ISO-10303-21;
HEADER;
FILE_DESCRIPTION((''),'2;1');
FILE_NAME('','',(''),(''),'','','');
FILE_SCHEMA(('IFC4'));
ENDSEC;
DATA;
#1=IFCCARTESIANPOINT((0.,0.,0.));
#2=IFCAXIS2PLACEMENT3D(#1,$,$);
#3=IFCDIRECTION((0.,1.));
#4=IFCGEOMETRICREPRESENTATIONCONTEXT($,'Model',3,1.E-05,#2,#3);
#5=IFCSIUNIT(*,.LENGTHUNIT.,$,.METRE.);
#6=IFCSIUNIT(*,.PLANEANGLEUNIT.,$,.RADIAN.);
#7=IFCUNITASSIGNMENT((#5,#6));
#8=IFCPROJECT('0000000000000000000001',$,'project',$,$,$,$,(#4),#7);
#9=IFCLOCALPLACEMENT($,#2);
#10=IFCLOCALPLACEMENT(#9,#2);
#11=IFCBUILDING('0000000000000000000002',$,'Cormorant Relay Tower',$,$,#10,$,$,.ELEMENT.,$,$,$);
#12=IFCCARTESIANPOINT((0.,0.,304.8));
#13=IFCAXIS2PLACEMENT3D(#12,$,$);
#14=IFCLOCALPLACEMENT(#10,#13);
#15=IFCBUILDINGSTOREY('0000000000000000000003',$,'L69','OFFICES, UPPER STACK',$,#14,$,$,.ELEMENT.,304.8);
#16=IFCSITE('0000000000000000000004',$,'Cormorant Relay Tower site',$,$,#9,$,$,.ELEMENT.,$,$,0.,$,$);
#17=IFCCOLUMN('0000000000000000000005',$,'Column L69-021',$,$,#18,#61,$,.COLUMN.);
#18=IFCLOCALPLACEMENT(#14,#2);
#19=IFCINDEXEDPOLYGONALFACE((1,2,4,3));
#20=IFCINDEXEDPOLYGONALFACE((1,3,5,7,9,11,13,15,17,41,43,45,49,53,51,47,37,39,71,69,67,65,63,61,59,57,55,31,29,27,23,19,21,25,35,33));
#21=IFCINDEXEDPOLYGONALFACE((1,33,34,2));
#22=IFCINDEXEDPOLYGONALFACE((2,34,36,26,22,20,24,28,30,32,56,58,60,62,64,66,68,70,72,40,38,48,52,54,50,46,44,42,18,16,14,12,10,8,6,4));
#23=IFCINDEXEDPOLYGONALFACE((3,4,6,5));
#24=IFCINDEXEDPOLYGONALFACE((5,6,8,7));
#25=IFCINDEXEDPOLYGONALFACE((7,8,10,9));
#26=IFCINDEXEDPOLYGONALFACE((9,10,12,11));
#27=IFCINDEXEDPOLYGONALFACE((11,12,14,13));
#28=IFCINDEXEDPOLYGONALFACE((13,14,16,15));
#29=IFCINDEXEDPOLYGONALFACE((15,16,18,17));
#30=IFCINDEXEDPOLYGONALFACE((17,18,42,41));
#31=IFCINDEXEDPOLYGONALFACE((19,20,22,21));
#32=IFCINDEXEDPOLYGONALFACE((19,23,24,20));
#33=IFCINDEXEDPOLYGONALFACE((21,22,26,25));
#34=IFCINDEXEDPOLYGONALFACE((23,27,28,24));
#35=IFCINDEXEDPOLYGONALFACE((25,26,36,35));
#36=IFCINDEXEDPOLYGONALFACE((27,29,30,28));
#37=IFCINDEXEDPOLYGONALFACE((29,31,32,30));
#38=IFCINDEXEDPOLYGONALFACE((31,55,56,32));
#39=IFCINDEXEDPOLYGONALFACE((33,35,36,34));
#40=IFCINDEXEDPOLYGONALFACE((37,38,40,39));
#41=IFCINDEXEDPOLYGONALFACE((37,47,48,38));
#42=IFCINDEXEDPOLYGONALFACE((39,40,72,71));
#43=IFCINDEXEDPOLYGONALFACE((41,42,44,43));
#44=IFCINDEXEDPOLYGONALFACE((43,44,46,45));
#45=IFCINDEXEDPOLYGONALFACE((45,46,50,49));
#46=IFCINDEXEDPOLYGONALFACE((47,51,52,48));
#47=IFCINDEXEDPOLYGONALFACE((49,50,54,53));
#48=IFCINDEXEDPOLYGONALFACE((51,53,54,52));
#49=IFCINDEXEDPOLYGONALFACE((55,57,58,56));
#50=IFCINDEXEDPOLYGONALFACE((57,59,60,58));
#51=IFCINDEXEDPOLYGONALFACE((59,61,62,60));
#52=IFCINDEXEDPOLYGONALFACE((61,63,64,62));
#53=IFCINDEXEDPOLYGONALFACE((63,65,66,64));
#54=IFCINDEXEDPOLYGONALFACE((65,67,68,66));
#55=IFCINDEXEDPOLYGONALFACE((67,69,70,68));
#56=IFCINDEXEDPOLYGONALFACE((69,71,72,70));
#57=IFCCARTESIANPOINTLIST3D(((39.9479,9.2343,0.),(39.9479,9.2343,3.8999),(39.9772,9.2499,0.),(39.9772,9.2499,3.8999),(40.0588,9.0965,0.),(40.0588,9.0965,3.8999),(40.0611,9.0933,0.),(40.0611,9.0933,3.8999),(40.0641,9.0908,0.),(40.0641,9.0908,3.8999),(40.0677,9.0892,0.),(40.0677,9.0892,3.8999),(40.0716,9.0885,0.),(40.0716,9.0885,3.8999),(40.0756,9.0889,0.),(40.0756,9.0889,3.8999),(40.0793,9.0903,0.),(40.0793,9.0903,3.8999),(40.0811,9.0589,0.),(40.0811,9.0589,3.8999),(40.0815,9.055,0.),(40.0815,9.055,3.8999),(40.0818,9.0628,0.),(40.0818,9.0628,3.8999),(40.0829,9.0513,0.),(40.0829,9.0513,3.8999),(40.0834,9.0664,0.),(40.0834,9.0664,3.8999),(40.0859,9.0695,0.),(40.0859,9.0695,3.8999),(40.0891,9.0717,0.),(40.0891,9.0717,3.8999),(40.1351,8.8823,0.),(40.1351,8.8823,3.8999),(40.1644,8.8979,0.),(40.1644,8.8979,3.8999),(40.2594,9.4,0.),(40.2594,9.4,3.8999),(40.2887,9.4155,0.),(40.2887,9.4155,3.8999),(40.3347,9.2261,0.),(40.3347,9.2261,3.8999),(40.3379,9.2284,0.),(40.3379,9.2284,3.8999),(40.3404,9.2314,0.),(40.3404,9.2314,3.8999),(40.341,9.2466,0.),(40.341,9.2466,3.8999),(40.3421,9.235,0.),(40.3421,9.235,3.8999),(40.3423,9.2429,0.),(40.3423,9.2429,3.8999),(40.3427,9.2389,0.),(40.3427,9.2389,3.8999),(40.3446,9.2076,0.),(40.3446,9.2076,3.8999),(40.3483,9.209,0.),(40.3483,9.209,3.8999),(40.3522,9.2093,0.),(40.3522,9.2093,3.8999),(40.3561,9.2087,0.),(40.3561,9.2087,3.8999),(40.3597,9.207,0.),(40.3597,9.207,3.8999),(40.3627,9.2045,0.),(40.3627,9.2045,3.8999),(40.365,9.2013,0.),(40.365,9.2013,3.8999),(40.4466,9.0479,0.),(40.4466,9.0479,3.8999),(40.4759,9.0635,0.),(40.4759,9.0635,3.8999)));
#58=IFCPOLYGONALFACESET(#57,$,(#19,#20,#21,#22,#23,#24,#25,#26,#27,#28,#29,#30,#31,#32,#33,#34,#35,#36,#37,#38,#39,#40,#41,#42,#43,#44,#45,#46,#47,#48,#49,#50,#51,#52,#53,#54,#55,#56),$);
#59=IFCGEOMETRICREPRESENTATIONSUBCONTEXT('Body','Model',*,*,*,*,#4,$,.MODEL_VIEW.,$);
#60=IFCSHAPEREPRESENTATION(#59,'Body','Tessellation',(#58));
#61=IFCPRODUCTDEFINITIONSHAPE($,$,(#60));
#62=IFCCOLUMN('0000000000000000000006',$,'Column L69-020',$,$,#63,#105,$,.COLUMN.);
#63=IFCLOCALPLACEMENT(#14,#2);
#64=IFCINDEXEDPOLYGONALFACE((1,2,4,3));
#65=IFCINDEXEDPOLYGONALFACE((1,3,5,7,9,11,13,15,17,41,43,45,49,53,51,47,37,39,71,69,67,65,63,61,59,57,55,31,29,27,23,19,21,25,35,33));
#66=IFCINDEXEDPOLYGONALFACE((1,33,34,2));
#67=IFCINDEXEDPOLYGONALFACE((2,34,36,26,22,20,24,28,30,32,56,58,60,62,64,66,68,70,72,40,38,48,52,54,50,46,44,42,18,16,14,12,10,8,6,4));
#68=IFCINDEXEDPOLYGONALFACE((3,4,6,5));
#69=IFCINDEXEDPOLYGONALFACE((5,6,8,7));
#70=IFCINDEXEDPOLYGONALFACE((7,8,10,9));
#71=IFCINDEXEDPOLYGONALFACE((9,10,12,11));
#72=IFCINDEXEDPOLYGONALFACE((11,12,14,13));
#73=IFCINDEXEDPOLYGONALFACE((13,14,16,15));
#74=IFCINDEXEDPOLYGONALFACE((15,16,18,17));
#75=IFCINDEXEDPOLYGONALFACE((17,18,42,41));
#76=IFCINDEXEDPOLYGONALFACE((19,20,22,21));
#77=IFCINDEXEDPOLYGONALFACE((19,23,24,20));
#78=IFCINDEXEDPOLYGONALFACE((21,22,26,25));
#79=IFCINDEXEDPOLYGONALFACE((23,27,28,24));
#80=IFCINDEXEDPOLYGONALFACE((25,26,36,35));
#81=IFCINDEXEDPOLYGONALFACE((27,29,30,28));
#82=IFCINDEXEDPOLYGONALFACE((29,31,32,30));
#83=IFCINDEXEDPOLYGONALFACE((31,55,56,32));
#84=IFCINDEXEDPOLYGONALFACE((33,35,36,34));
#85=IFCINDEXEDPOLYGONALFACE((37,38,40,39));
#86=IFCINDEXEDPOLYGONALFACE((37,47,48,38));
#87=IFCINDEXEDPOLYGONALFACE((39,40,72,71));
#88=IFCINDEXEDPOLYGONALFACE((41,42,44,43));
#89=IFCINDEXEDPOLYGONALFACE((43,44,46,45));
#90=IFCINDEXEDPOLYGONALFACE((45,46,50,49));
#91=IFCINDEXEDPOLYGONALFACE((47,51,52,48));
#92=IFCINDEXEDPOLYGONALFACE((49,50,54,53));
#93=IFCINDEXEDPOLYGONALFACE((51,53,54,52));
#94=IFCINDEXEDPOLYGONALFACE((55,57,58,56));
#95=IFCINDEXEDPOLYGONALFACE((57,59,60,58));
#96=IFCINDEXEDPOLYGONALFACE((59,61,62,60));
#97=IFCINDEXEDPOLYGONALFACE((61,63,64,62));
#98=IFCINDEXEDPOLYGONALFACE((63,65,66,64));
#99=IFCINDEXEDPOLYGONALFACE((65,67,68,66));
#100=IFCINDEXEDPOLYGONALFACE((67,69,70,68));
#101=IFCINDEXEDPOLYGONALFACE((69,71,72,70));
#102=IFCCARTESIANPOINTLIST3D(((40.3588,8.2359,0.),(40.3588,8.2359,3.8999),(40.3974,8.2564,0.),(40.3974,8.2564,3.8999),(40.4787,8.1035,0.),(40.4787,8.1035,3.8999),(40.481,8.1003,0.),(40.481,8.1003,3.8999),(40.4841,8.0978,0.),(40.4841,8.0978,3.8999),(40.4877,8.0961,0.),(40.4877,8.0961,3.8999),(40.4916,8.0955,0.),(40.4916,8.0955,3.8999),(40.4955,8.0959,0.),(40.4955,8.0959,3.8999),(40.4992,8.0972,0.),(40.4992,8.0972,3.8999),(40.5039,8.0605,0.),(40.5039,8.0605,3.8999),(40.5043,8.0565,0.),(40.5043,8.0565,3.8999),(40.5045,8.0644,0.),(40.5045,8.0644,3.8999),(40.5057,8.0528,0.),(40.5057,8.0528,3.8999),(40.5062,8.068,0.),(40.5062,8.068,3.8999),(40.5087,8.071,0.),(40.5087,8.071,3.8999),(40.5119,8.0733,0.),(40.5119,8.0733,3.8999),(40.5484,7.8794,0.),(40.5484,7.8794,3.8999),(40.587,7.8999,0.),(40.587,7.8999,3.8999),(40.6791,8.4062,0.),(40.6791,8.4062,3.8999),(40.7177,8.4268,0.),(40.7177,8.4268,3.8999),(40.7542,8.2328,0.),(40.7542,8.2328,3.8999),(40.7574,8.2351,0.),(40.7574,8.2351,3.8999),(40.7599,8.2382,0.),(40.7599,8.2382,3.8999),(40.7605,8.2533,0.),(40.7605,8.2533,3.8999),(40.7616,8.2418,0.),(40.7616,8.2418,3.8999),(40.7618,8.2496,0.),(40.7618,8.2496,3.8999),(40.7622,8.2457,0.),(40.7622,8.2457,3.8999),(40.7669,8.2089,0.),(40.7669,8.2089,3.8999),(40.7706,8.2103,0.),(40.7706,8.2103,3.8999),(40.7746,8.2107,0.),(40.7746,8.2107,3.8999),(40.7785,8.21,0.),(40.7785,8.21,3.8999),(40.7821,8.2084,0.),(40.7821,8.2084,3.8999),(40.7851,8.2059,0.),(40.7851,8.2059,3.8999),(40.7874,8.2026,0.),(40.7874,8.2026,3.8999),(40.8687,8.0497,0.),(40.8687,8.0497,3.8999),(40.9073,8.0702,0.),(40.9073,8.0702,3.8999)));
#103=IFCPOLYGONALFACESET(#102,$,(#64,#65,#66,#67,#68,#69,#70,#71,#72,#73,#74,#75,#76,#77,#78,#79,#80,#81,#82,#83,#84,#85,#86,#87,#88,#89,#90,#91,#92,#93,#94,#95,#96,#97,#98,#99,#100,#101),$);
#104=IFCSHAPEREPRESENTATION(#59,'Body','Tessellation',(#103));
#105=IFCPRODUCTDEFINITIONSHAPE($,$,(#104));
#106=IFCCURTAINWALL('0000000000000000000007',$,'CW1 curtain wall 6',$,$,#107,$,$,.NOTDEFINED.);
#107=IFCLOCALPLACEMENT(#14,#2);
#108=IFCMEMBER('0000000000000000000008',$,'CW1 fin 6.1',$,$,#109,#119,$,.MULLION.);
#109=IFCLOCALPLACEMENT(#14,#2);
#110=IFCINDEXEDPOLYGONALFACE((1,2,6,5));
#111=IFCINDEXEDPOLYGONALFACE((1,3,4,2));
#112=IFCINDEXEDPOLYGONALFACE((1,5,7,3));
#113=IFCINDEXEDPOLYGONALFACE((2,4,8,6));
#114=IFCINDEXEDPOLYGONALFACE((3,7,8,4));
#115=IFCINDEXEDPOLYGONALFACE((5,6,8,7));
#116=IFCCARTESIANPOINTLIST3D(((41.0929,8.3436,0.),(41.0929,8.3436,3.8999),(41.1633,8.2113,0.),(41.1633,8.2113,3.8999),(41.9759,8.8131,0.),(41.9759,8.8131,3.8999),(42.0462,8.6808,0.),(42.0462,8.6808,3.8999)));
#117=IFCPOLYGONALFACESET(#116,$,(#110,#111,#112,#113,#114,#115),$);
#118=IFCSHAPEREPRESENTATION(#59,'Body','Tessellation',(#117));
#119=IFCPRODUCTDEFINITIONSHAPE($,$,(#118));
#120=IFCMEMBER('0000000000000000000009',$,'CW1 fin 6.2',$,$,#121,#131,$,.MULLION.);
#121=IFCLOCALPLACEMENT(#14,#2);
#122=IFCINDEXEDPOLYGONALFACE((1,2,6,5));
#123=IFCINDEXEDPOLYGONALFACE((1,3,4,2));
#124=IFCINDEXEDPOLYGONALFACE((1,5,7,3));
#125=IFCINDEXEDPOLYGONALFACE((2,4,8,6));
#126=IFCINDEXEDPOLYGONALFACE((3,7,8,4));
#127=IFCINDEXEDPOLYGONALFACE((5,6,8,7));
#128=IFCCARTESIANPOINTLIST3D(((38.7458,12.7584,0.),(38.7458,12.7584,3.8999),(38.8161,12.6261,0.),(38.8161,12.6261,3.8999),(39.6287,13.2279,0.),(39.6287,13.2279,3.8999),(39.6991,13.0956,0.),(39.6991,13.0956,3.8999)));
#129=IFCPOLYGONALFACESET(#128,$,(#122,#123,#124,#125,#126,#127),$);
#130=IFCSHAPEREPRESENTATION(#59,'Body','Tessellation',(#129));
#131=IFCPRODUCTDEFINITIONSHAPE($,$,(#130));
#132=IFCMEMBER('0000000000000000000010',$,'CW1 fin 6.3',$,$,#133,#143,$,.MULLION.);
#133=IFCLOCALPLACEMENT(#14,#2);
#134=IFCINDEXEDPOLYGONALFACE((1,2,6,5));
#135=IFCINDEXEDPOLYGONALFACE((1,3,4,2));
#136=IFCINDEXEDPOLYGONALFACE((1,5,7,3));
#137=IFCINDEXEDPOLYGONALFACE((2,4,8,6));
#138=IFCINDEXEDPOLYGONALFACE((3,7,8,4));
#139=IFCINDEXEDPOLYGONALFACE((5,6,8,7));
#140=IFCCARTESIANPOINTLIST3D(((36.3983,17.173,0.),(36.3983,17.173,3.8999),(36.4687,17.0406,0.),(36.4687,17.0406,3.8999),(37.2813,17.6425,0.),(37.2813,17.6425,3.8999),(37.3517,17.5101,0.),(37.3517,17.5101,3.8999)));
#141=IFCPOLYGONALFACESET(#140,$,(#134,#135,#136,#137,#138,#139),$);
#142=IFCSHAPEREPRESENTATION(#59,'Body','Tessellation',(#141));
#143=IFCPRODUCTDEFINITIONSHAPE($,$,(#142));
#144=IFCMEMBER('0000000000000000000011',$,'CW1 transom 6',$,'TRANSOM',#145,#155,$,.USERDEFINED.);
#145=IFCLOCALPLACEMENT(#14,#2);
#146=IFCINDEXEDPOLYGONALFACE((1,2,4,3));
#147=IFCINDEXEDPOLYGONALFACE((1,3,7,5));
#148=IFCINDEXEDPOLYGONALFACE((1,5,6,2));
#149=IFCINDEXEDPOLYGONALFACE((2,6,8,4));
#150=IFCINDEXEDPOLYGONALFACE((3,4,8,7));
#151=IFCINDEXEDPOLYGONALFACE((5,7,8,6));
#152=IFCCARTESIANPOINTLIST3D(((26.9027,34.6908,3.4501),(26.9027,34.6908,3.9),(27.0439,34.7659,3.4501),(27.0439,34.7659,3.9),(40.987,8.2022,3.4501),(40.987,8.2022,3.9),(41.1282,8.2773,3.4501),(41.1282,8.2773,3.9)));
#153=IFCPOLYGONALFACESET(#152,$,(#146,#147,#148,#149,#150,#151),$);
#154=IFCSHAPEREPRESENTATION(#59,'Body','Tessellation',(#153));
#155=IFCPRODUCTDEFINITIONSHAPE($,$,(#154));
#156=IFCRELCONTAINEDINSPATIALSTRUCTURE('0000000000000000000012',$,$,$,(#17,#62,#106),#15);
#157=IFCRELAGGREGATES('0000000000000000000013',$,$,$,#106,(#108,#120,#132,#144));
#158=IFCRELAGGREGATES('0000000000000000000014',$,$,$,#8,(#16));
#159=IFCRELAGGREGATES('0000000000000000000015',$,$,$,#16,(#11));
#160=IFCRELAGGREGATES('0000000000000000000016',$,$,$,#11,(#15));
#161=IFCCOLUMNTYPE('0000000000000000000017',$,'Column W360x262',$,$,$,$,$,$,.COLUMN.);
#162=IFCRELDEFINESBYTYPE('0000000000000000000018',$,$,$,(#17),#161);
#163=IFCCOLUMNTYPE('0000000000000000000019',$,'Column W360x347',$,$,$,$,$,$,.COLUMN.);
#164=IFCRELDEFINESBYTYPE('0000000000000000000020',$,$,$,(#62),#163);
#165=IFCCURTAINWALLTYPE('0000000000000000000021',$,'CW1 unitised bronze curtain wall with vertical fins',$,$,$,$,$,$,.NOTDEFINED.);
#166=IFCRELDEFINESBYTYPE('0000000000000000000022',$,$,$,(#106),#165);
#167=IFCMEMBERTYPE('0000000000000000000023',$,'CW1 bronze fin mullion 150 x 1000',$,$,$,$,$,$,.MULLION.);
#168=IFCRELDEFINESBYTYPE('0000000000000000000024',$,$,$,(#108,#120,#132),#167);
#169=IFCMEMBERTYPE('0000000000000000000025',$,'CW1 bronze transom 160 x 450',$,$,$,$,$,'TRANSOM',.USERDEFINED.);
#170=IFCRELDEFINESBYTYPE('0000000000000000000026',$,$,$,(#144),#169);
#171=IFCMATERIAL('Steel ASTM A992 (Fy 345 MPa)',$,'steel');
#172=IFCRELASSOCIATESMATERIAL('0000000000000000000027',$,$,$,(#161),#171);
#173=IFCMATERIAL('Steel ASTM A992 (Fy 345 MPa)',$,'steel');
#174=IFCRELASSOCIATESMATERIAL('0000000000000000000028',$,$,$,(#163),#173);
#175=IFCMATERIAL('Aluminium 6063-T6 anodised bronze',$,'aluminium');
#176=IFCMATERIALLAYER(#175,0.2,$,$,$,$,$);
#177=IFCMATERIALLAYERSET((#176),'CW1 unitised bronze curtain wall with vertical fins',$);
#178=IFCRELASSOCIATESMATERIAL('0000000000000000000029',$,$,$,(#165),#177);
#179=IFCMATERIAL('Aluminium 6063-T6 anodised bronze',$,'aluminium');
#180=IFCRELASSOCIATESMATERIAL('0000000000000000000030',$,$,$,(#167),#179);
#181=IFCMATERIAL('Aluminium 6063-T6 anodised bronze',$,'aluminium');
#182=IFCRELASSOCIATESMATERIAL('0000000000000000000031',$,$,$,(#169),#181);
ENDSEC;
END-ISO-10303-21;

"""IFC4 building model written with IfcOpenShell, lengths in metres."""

from ifc_helpers import new_model, si_unit, direction, frame, origin, origin_2d, place, context, subcontext, project, spatial, rectangle, i_section, extrude, material, layer, layer_set, material_profile, profile_set, type_object, element, aggregate, save


model = new_model("IFC4")

# Units and contexts
model_context = context("Model", 3, precision=1e-05, world=origin(), true_north=direction((0.0, 1.0)))
body_context = subcontext(model_context, "Body", "Model", "MODEL_VIEW")
ifc_project = project(units=[si_unit("LENGTHUNIT", "METRE"), si_unit("PLANEANGLEUNIT", "RADIAN")], contexts=[model_context])

# Site, building, storey
site_placement = place(None, origin())
site = spatial("IfcSite", under=ifc_project, at=site_placement, Name="Cormorant Relay Tower site", CompositionType="ELEMENT", RefElevation=0.0)
building_placement = place(site_placement, origin())
building = spatial("IfcBuilding", under=site, at=building_placement, Name="Cormorant Relay Tower", CompositionType="ELEMENT")
storey_placement = place(building_placement, frame((0.0, 0.0, 304.8)))
storey = spatial("IfcBuildingStorey", under=building, at=storey_placement, Name="L69", Description="OFFICES, UPPER STACK", CompositionType="ELEMENT", Elevation=304.8)

# Columns
ifc_material_1 = material(Name="Steel ASTM A992 (Fy 345 MPa)", Category="steel")
ifc_material_profile_1 = material_profile(ifc_material_1, i_section(OverallWidth=0.3987, OverallDepth=0.386, WebThickness=0.021, FlangeThickness=0.0332, FilletRadius=0.0151, at=origin_2d()), Name="W360x262")
ifc_profile_set_1 = profile_set([ifc_material_profile_1], Name="Steel ASTM A992 (Fy 345 MPa)")
column_type_1 = type_object("IfcColumnType", Name="Column W360x262", PredefinedType="COLUMN", material=ifc_profile_set_1)
column_1_placement = place(storey_placement, frame((40.2119, 9.1489, 0.0), z_axis=(0.0, 0.0, 1.0), x_axis=(-0.469472, 0.882948, 0.0)))
element("IfcColumn", 1, at=column_1_placement, inside=storey, type_object=column_type_1, Name="Column L69-021", PredefinedType="COLUMN", context=body_context, shape_type="SweptSolid", body=[
    extrude(i_section(OverallWidth=0.3987, OverallDepth=0.386, WebThickness=0.021, FlangeThickness=0.0332, FilletRadius=0.0151, at=origin_2d()), origin(), (0.0, 0.0, 1.0), 3.8999),
])
ifc_material_2 = material(Name="Steel ASTM A992 (Fy 345 MPa)", Category="steel")
ifc_material_profile_2 = material_profile(ifc_material_2, i_section(OverallWidth=0.4038, OverallDepth=0.4065, WebThickness=0.0271, FlangeThickness=0.0437, FilletRadius=0.0151, at=origin_2d()), Name="W360x347")
ifc_profile_set_2 = profile_set([ifc_material_profile_2], Name="Steel ASTM A992 (Fy 345 MPa)")
column_type_2 = type_object("IfcColumnType", Name="Column W360x347", PredefinedType="COLUMN", material=ifc_profile_set_2)
column_2_placement = place(storey_placement, frame((40.6331, 8.1531, 0.0), z_axis=(0.0, 0.0, 1.0), x_axis=(-0.469472, 0.882948, 0.0)))
element("IfcColumn", 2, at=column_2_placement, inside=storey, type_object=column_type_2, Name="Column L69-020", PredefinedType="COLUMN", context=body_context, shape_type="SweptSolid", body=[
    extrude(i_section(OverallWidth=0.4038, OverallDepth=0.4065, WebThickness=0.0271, FlangeThickness=0.0437, FilletRadius=0.0151, at=origin_2d()), origin(), (0.0, 0.0, 1.0), 3.8999),
])

# Curtain wall, members
ifc_material_3 = material(Name="Aluminium 6063-T6 anodised bronze", Category="aluminium")
ifc_layer_1 = layer(ifc_material_3, 0.2)
ifc_layer_set_1 = layer_set([ifc_layer_1], Name="CW1 unitised bronze curtain wall with vertical fins")
curtain_wall_type = type_object("IfcCurtainWallType", Name="CW1 unitised bronze curtain wall with vertical fins", PredefinedType="NOTDEFINED", material=ifc_layer_set_1)
curtain_wall_1_placement = place(storey_placement, origin())
curtain_wall_1 = element("IfcCurtainWall", 3, at=curtain_wall_1_placement, inside=storey, type_object=curtain_wall_type, Name="CW1 curtain wall 6", PredefinedType="NOTDEFINED")
ifc_material_4 = material(Name="Aluminium 6063-T6 anodised bronze", Category="aluminium")
ifc_material_profile_3 = material_profile(ifc_material_4, rectangle(XDim=0.1499, YDim=1.0, at=origin_2d()), Name="AL 150x1000")
ifc_profile_set_3 = profile_set([ifc_material_profile_3], Name="Aluminium 6063-T6 anodised bronze")
member_type_1 = type_object("IfcMemberType", Name="CW1 bronze fin mullion 150 x 1000", PredefinedType="MULLION", material=ifc_profile_set_3)
member_1_placement = place(storey_placement, frame((41.5696, 8.5122, 0.0), z_axis=(0.0, 0.0, 1.0), x_axis=(-0.469472, 0.882948, 0.0)))
member_1 = element("IfcMember", 4, at=member_1_placement, type_object=member_type_1, Name="CW1 fin 6.1", PredefinedType="MULLION", context=body_context, shape_type="SweptSolid", body=[
    extrude(rectangle(XDim=0.1499, YDim=1.0, at=origin_2d()), origin(), (0.0, 0.0, 1.0), 3.8999),
])
member_2_placement = place(storey_placement, frame((39.2224, 12.927, 0.0), z_axis=(0.0, 0.0, 1.0), x_axis=(-0.469472, 0.882948, 0.0)))
member_2 = element("IfcMember", 5, at=member_2_placement, type_object=member_type_1, Name="CW1 fin 6.2", PredefinedType="MULLION", context=body_context, shape_type="SweptSolid", body=[
    extrude(rectangle(XDim=0.1499, YDim=1.0, at=origin_2d()), origin(), (0.0, 0.0, 1.0), 3.8999),
])
member_3_placement = place(storey_placement, frame((36.875, 17.3416, 0.0), z_axis=(0.0, 0.0, 1.0), x_axis=(-0.469472, 0.882948, 0.0)))
member_3 = element("IfcMember", 6, at=member_3_placement, type_object=member_type_1, Name="CW1 fin 6.3", PredefinedType="MULLION", context=body_context, shape_type="SweptSolid", body=[
    extrude(rectangle(XDim=0.1499, YDim=1.0, at=origin_2d()), origin(), (0.0, 0.0, 1.0), 3.8999),
])
ifc_material_5 = material(Name="Aluminium 6063-T6 anodised bronze", Category="aluminium")
ifc_material_profile_4 = material_profile(ifc_material_5, rectangle(XDim=0.1599, YDim=0.45, at=origin_2d()), Name="AL 160x450")
ifc_profile_set_4 = profile_set([ifc_material_profile_4], Name="Aluminium 6063-T6 anodised bronze")
member_type_2 = type_object("IfcMemberType", Name="CW1 bronze transom 160 x 450", ElementType="TRANSOM", PredefinedType="USERDEFINED", material=ifc_profile_set_4)
member_4_placement = place(storey_placement, frame((41.0576, 8.2397, 3.675), z_axis=(-0.469472, 0.882947, 0.0), x_axis=(-0.882947, -0.469472, 0.0)))
member_4 = element("IfcMember", 7, at=member_4_placement, type_object=member_type_2, Name="CW1 transom 6", ObjectType="TRANSOM", PredefinedType="USERDEFINED", context=body_context, shape_type="SweptSolid", body=[
    extrude(rectangle(XDim=0.1599, YDim=0.45, at=origin_2d()), origin(), (0.0, 0.0, 1.0), 30.0002),
])

aggregate(curtain_wall_1, [member_1, member_2, member_3, member_4])

save(model, "model.ifc")
